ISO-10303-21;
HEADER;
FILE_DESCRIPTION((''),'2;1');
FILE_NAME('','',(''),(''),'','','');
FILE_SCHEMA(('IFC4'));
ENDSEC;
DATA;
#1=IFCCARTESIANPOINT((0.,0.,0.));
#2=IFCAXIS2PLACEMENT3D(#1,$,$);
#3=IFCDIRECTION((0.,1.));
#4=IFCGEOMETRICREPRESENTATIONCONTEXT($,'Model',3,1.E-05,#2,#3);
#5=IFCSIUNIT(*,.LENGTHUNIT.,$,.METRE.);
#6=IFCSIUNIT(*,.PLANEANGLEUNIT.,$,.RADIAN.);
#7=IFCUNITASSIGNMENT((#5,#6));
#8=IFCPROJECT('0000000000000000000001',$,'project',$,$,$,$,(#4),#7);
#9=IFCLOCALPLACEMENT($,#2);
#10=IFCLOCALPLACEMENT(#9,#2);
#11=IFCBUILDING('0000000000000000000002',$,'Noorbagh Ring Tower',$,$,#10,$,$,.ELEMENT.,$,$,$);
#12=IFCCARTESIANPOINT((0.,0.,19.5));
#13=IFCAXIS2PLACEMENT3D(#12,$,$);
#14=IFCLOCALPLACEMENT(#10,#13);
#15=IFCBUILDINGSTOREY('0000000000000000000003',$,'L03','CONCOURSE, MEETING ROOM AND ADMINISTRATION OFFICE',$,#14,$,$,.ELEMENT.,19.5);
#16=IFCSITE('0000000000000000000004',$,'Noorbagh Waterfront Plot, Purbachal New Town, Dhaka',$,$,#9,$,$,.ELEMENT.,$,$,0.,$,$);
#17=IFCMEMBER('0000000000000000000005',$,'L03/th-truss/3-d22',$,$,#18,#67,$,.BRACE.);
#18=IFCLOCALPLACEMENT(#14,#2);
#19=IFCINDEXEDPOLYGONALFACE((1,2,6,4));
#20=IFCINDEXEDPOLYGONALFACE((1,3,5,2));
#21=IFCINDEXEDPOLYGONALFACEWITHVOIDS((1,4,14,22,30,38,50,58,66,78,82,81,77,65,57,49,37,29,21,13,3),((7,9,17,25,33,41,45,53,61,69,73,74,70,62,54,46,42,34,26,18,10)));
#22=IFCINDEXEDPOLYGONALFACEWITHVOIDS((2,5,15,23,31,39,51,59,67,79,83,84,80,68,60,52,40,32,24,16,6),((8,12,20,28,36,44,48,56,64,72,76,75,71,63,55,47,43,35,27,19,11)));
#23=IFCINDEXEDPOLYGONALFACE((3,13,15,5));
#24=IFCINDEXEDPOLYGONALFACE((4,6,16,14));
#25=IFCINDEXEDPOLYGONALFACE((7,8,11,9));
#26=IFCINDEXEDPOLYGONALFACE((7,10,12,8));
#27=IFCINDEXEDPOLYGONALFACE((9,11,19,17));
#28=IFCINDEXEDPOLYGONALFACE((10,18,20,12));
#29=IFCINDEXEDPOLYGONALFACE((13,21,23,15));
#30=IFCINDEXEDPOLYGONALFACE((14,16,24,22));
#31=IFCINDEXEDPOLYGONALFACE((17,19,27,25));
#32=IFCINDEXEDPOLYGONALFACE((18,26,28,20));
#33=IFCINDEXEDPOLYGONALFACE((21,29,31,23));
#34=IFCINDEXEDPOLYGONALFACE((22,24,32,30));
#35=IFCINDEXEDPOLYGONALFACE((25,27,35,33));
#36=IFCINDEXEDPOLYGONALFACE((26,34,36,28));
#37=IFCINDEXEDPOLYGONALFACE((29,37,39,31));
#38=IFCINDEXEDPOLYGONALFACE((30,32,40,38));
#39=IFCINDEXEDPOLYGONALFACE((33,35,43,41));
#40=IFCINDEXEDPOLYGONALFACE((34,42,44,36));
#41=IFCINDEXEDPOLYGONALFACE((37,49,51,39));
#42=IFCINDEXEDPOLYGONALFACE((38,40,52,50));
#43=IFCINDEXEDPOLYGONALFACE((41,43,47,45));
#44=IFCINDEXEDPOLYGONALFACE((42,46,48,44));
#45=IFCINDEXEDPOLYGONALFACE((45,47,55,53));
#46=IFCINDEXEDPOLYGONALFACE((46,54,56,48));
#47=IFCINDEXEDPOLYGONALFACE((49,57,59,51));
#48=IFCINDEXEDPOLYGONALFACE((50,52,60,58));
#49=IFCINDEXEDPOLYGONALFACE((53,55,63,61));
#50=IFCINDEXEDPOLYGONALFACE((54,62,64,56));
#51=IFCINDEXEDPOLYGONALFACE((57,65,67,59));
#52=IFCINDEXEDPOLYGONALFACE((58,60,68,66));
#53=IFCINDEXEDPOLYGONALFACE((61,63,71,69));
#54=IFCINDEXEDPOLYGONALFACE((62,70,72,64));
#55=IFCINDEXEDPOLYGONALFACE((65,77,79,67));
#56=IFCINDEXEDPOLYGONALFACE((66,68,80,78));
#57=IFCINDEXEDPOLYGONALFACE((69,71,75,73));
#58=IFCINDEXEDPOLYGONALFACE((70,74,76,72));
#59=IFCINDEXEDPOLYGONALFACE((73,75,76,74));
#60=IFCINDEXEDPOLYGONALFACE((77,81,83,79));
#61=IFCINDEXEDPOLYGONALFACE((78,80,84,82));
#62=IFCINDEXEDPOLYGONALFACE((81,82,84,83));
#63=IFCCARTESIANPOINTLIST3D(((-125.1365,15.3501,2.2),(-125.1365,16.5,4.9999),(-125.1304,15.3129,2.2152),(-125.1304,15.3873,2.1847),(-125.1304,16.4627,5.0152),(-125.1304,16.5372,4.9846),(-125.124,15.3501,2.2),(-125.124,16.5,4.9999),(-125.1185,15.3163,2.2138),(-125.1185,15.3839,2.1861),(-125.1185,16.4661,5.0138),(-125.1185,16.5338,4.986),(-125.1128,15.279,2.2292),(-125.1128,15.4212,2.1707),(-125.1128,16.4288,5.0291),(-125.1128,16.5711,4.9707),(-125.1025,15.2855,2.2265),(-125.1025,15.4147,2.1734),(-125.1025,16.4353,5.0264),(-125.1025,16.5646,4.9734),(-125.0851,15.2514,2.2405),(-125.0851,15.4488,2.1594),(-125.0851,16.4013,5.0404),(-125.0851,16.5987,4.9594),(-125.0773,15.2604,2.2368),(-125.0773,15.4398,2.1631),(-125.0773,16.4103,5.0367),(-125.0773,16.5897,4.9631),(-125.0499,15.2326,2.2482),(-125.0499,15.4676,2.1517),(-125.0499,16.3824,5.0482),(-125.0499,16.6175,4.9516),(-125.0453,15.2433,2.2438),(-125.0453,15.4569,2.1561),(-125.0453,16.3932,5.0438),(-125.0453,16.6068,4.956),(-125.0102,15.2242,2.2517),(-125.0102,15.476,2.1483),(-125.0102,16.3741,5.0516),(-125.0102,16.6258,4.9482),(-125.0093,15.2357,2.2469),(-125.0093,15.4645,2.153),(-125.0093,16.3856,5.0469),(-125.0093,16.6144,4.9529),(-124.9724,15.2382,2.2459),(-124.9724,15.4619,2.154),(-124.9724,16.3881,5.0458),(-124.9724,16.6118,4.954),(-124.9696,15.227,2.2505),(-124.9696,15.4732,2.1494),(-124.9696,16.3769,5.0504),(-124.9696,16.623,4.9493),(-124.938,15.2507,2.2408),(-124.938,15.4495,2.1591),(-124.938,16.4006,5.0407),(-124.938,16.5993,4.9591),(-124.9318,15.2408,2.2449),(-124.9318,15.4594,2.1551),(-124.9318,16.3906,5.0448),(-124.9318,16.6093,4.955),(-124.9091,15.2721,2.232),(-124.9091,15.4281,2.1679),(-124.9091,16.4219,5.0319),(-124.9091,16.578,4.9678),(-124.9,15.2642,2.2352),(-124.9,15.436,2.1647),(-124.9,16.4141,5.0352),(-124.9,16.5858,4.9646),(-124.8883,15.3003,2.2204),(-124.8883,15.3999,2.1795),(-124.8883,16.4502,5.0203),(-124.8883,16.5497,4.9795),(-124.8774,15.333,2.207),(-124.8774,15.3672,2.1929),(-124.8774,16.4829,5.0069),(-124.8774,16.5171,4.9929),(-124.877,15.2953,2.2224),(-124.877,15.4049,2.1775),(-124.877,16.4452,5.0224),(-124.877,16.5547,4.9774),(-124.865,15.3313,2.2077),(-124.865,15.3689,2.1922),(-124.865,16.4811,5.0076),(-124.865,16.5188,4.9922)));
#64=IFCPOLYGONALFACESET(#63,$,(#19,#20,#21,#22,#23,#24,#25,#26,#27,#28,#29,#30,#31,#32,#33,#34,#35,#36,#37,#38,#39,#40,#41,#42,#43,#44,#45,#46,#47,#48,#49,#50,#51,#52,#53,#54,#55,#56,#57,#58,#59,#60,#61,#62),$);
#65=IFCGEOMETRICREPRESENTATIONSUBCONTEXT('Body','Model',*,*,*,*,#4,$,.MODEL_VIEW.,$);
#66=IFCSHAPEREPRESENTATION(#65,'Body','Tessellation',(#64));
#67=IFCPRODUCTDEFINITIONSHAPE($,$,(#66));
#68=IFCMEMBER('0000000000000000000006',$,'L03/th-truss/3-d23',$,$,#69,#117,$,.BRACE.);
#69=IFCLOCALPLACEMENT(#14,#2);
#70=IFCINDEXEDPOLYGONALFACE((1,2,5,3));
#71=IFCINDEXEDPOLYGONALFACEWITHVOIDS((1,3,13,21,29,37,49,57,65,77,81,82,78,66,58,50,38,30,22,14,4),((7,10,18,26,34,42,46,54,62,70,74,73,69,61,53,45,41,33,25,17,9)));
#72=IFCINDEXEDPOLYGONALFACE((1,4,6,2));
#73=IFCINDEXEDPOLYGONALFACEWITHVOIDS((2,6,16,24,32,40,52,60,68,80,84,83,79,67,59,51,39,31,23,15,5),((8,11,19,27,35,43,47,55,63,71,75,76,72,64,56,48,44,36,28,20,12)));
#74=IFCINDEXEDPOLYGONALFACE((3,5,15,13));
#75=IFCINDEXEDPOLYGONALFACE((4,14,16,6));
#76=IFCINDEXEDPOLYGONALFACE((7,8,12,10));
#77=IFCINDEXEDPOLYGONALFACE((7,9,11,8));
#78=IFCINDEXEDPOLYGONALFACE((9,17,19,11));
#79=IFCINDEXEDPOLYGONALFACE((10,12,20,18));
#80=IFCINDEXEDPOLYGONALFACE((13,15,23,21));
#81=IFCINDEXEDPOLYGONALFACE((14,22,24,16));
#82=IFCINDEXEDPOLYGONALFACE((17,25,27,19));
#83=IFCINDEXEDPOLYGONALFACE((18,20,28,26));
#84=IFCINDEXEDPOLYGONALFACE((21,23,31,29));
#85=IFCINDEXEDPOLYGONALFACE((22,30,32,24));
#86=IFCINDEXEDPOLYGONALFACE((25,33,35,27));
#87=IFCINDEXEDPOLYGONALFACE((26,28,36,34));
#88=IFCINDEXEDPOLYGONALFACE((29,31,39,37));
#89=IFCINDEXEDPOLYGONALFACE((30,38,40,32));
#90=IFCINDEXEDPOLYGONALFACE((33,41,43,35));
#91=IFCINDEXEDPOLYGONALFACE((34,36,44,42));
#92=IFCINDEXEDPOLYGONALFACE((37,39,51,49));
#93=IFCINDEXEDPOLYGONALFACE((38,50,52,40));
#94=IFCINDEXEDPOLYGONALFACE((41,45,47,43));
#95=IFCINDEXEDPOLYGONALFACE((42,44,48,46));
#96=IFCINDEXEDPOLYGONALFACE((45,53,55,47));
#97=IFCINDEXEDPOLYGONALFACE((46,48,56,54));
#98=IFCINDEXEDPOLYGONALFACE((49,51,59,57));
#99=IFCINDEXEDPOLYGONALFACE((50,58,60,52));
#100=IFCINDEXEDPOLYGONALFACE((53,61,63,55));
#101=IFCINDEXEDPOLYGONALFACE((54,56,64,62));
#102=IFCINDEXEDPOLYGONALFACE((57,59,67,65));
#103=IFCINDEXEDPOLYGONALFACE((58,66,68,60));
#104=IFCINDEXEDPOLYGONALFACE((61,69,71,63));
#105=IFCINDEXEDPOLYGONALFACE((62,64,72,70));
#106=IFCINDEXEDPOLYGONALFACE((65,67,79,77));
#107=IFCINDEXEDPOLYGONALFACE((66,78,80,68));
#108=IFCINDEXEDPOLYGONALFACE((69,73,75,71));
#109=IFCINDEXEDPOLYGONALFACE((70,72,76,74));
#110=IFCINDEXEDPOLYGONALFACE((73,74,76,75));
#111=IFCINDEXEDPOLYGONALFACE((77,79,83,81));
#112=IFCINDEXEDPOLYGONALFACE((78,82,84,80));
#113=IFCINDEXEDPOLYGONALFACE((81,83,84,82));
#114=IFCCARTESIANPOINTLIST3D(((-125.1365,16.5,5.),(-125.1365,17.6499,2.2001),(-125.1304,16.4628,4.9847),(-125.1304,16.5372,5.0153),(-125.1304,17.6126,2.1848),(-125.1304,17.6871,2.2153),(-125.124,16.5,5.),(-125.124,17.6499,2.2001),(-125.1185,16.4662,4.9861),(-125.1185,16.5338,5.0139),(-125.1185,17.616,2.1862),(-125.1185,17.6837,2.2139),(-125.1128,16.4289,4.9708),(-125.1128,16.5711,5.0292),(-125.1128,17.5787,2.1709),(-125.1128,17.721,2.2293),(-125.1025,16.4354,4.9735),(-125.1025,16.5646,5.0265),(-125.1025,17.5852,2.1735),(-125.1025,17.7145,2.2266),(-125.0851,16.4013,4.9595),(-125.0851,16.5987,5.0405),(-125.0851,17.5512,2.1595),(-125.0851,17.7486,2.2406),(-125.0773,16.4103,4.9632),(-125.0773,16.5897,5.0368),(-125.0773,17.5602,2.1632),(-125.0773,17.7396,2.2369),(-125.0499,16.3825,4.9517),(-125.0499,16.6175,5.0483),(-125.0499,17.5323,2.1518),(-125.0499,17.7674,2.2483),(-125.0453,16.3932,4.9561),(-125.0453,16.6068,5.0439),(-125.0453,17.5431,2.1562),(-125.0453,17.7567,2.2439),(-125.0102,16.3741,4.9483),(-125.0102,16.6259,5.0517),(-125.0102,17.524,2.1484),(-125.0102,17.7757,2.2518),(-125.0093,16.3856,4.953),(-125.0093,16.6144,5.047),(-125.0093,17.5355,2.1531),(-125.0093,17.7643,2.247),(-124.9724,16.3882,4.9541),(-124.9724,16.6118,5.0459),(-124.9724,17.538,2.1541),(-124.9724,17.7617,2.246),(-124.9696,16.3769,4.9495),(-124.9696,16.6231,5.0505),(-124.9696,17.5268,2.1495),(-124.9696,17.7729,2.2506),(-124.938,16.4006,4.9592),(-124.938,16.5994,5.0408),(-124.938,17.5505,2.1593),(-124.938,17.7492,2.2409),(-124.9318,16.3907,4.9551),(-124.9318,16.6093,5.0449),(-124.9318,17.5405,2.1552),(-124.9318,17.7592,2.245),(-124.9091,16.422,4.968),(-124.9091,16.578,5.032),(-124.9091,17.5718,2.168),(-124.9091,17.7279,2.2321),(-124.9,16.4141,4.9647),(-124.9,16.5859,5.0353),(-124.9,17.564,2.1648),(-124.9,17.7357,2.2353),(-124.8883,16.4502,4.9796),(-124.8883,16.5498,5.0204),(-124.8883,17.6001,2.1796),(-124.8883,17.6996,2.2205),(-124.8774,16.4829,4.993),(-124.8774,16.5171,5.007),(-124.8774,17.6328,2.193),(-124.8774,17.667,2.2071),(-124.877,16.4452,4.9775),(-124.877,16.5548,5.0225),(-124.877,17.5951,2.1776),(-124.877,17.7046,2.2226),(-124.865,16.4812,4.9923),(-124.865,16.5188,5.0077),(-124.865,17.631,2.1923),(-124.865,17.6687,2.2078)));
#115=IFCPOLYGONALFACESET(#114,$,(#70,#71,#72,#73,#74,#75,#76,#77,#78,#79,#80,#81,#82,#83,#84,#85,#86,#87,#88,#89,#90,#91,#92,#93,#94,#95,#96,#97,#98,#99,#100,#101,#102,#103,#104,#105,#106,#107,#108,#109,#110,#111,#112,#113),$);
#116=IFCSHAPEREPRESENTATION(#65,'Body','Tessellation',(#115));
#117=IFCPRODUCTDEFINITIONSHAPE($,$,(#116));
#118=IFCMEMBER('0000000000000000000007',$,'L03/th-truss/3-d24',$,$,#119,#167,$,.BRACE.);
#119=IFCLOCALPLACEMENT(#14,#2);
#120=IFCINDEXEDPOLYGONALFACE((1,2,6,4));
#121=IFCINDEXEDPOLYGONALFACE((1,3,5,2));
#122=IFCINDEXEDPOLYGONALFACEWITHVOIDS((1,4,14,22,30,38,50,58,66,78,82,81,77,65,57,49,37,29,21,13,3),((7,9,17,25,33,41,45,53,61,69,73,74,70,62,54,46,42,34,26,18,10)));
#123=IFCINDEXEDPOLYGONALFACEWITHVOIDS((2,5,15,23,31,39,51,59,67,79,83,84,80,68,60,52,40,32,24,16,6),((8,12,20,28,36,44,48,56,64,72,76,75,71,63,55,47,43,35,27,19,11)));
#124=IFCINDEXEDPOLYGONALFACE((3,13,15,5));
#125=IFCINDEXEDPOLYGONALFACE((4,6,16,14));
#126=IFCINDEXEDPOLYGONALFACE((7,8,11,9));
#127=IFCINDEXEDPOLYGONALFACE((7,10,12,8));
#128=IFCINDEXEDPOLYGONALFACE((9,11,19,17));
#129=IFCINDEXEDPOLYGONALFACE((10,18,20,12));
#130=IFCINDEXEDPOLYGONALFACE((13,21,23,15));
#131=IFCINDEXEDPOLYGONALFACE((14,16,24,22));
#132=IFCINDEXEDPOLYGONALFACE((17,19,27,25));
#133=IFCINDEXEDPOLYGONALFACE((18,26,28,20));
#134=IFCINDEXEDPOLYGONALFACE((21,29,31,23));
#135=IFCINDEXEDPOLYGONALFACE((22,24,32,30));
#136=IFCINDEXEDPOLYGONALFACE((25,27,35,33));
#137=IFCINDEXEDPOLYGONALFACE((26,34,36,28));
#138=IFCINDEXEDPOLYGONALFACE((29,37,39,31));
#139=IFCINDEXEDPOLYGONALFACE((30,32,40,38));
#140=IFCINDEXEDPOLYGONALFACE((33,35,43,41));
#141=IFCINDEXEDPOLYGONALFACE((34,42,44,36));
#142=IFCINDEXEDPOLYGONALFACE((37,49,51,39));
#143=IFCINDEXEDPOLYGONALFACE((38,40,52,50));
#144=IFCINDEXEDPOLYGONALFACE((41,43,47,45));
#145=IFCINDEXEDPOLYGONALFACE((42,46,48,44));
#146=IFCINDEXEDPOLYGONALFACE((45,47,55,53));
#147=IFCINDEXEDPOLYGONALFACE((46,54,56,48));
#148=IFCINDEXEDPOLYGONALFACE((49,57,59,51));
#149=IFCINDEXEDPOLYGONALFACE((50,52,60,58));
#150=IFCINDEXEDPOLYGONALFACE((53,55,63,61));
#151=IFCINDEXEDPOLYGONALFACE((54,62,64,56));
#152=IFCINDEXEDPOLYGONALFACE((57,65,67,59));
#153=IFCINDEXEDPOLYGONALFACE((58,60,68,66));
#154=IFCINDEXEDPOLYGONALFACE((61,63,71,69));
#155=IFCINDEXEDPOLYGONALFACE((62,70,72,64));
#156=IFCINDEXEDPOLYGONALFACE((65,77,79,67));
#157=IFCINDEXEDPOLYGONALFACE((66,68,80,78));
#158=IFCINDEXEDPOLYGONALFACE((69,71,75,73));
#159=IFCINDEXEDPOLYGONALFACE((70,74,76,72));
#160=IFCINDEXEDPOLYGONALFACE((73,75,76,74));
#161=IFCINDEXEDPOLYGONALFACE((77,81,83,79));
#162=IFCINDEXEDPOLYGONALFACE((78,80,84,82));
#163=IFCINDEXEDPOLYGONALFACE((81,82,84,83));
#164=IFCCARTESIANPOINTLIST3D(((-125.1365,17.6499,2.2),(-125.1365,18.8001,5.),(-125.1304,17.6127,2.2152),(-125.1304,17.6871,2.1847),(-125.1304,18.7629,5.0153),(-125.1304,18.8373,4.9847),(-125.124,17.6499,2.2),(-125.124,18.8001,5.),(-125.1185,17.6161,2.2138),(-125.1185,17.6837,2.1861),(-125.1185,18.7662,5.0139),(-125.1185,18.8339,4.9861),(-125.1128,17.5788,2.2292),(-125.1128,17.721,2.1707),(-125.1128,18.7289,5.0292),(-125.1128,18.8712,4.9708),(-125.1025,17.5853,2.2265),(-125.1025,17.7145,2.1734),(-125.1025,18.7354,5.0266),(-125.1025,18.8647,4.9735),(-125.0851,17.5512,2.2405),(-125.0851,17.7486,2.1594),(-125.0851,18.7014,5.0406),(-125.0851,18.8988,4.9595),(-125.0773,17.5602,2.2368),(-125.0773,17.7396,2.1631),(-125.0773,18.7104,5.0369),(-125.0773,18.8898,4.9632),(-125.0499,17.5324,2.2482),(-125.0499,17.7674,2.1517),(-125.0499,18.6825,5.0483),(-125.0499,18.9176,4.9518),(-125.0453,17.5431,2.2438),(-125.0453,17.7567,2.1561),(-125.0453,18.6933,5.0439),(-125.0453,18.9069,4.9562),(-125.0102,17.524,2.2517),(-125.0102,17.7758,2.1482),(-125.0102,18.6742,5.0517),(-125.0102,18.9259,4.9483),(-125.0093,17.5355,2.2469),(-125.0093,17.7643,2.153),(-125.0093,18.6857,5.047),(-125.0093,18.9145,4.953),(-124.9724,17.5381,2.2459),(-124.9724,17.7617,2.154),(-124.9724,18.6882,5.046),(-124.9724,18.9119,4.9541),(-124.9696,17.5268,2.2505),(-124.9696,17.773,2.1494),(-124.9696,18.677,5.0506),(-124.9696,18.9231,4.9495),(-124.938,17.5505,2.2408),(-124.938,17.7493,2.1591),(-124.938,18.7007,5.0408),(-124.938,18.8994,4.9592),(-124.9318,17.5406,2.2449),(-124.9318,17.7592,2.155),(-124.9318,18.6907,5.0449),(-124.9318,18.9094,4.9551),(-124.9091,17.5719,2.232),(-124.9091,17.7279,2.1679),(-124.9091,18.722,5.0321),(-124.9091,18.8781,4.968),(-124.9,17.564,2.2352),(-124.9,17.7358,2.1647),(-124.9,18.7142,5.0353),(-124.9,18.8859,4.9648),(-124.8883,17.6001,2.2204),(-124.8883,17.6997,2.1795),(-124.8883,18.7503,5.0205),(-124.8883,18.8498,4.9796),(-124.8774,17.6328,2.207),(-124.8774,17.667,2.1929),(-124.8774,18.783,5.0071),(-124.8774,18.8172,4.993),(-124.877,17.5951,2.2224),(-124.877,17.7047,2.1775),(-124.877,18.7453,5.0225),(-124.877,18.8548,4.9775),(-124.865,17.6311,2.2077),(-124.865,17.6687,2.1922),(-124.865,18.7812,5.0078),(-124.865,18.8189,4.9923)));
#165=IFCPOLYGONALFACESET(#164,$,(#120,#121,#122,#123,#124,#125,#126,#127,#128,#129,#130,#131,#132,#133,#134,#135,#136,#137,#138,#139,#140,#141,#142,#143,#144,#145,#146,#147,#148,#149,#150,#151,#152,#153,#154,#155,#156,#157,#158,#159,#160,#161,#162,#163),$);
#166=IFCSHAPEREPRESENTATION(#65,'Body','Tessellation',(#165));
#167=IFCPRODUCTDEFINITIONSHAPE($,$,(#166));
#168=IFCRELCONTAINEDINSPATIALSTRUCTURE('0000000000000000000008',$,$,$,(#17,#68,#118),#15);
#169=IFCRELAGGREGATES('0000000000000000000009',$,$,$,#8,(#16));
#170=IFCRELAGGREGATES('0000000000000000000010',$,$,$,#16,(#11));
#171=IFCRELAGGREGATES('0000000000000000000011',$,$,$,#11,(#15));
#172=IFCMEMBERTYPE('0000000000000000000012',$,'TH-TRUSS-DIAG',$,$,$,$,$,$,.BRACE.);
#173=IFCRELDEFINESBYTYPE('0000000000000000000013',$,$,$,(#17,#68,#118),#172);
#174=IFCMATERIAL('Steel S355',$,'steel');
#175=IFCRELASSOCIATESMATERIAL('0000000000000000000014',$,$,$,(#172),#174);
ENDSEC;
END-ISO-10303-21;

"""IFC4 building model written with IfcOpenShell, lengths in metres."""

from ifc_helpers import new_model, si_unit, direction, frame, origin, origin_2d, place, context, subcontext, project, spatial, hollow_circle, extrude, material, material_profile, profile_set, type_object, element, save


model = new_model("IFC4")

# Units and contexts
model_context = context("Model", 3, precision=1e-05, world=origin(), true_north=direction((0.0, 1.0)))
body_context = subcontext(model_context, "Body", "Model", "MODEL_VIEW")
ifc_project = project(units=[si_unit("LENGTHUNIT", "METRE"), si_unit("PLANEANGLEUNIT", "RADIAN")], contexts=[model_context])

# Site, building, storey
site_placement = place(None, origin())
site = spatial("IfcSite", under=ifc_project, at=site_placement, Name="Noorbagh Waterfront Plot, Purbachal New Town, Dhaka", CompositionType="ELEMENT", RefElevation=0.0)
building_placement = place(site_placement, origin())
building = spatial("IfcBuilding", under=site, at=building_placement, Name="Noorbagh Ring Tower", CompositionType="ELEMENT")
storey_placement = place(building_placement, frame((0.0, 0.0, 19.5)))
storey = spatial("IfcBuildingStorey", under=building, at=storey_placement, Name="L03", Description="CONCOURSE, MEETING ROOM AND ADMINISTRATION OFFICE", CompositionType="ELEMENT", Elevation=19.5)

# Members
ifc_material_1 = material(Name="Steel S355", Category="steel")
ifc_material_profile = material_profile(ifc_material_1, hollow_circle(Radius=0.1365, WallThickness=0.0125, at=origin_2d()), Name="CHS273x12.5")
ifc_profile_set = profile_set([ifc_material_profile], Name="Steel S355")
member_type = type_object("IfcMemberType", Name="TH-TRUSS-DIAG", PredefinedType="BRACE", material=ifc_profile_set)
for number, where, z_axis, x_axis, name in (
    (1, (-125.0, 15.3501, 2.2), (0.0, 0.379886, 0.925033), (-1.0, 0.0, 0.0), "L03/th-truss/3-d22"),
    (2, (-125.0, 16.5, 5.0), (0.0, 0.379886, -0.925033), (-1.0, 0.0, 0.0), "L03/th-truss/3-d23"),
):
    element("IfcMember", number, at=place(storey_placement, frame(where, z_axis=z_axis, x_axis=x_axis)), inside=storey, type_object=member_type, Name=name, PredefinedType="BRACE", context=body_context, shape_type="SweptSolid", body=[
        extrude(hollow_circle(Radius=0.1365, WallThickness=0.0125, at=origin_2d()), origin(), (0.0, 0.0, 1.0), 3.0269),
    ])
member_1_placement = place(storey_placement, frame((-125.0, 17.6499, 2.2), z_axis=(0.0, 0.379955, 0.925005), x_axis=(-1.0, 0.0, 0.0)))
element("IfcMember", 3, at=member_1_placement, inside=storey, type_object=member_type, Name="L03/th-truss/3-d24", PredefinedType="BRACE", context=body_context, shape_type="SweptSolid", body=[
    extrude(hollow_circle(Radius=0.1365, WallThickness=0.0125, at=origin_2d()), origin(), (0.0, 0.0, 1.0), 3.0271),
])

save(model, "model.ifc")
